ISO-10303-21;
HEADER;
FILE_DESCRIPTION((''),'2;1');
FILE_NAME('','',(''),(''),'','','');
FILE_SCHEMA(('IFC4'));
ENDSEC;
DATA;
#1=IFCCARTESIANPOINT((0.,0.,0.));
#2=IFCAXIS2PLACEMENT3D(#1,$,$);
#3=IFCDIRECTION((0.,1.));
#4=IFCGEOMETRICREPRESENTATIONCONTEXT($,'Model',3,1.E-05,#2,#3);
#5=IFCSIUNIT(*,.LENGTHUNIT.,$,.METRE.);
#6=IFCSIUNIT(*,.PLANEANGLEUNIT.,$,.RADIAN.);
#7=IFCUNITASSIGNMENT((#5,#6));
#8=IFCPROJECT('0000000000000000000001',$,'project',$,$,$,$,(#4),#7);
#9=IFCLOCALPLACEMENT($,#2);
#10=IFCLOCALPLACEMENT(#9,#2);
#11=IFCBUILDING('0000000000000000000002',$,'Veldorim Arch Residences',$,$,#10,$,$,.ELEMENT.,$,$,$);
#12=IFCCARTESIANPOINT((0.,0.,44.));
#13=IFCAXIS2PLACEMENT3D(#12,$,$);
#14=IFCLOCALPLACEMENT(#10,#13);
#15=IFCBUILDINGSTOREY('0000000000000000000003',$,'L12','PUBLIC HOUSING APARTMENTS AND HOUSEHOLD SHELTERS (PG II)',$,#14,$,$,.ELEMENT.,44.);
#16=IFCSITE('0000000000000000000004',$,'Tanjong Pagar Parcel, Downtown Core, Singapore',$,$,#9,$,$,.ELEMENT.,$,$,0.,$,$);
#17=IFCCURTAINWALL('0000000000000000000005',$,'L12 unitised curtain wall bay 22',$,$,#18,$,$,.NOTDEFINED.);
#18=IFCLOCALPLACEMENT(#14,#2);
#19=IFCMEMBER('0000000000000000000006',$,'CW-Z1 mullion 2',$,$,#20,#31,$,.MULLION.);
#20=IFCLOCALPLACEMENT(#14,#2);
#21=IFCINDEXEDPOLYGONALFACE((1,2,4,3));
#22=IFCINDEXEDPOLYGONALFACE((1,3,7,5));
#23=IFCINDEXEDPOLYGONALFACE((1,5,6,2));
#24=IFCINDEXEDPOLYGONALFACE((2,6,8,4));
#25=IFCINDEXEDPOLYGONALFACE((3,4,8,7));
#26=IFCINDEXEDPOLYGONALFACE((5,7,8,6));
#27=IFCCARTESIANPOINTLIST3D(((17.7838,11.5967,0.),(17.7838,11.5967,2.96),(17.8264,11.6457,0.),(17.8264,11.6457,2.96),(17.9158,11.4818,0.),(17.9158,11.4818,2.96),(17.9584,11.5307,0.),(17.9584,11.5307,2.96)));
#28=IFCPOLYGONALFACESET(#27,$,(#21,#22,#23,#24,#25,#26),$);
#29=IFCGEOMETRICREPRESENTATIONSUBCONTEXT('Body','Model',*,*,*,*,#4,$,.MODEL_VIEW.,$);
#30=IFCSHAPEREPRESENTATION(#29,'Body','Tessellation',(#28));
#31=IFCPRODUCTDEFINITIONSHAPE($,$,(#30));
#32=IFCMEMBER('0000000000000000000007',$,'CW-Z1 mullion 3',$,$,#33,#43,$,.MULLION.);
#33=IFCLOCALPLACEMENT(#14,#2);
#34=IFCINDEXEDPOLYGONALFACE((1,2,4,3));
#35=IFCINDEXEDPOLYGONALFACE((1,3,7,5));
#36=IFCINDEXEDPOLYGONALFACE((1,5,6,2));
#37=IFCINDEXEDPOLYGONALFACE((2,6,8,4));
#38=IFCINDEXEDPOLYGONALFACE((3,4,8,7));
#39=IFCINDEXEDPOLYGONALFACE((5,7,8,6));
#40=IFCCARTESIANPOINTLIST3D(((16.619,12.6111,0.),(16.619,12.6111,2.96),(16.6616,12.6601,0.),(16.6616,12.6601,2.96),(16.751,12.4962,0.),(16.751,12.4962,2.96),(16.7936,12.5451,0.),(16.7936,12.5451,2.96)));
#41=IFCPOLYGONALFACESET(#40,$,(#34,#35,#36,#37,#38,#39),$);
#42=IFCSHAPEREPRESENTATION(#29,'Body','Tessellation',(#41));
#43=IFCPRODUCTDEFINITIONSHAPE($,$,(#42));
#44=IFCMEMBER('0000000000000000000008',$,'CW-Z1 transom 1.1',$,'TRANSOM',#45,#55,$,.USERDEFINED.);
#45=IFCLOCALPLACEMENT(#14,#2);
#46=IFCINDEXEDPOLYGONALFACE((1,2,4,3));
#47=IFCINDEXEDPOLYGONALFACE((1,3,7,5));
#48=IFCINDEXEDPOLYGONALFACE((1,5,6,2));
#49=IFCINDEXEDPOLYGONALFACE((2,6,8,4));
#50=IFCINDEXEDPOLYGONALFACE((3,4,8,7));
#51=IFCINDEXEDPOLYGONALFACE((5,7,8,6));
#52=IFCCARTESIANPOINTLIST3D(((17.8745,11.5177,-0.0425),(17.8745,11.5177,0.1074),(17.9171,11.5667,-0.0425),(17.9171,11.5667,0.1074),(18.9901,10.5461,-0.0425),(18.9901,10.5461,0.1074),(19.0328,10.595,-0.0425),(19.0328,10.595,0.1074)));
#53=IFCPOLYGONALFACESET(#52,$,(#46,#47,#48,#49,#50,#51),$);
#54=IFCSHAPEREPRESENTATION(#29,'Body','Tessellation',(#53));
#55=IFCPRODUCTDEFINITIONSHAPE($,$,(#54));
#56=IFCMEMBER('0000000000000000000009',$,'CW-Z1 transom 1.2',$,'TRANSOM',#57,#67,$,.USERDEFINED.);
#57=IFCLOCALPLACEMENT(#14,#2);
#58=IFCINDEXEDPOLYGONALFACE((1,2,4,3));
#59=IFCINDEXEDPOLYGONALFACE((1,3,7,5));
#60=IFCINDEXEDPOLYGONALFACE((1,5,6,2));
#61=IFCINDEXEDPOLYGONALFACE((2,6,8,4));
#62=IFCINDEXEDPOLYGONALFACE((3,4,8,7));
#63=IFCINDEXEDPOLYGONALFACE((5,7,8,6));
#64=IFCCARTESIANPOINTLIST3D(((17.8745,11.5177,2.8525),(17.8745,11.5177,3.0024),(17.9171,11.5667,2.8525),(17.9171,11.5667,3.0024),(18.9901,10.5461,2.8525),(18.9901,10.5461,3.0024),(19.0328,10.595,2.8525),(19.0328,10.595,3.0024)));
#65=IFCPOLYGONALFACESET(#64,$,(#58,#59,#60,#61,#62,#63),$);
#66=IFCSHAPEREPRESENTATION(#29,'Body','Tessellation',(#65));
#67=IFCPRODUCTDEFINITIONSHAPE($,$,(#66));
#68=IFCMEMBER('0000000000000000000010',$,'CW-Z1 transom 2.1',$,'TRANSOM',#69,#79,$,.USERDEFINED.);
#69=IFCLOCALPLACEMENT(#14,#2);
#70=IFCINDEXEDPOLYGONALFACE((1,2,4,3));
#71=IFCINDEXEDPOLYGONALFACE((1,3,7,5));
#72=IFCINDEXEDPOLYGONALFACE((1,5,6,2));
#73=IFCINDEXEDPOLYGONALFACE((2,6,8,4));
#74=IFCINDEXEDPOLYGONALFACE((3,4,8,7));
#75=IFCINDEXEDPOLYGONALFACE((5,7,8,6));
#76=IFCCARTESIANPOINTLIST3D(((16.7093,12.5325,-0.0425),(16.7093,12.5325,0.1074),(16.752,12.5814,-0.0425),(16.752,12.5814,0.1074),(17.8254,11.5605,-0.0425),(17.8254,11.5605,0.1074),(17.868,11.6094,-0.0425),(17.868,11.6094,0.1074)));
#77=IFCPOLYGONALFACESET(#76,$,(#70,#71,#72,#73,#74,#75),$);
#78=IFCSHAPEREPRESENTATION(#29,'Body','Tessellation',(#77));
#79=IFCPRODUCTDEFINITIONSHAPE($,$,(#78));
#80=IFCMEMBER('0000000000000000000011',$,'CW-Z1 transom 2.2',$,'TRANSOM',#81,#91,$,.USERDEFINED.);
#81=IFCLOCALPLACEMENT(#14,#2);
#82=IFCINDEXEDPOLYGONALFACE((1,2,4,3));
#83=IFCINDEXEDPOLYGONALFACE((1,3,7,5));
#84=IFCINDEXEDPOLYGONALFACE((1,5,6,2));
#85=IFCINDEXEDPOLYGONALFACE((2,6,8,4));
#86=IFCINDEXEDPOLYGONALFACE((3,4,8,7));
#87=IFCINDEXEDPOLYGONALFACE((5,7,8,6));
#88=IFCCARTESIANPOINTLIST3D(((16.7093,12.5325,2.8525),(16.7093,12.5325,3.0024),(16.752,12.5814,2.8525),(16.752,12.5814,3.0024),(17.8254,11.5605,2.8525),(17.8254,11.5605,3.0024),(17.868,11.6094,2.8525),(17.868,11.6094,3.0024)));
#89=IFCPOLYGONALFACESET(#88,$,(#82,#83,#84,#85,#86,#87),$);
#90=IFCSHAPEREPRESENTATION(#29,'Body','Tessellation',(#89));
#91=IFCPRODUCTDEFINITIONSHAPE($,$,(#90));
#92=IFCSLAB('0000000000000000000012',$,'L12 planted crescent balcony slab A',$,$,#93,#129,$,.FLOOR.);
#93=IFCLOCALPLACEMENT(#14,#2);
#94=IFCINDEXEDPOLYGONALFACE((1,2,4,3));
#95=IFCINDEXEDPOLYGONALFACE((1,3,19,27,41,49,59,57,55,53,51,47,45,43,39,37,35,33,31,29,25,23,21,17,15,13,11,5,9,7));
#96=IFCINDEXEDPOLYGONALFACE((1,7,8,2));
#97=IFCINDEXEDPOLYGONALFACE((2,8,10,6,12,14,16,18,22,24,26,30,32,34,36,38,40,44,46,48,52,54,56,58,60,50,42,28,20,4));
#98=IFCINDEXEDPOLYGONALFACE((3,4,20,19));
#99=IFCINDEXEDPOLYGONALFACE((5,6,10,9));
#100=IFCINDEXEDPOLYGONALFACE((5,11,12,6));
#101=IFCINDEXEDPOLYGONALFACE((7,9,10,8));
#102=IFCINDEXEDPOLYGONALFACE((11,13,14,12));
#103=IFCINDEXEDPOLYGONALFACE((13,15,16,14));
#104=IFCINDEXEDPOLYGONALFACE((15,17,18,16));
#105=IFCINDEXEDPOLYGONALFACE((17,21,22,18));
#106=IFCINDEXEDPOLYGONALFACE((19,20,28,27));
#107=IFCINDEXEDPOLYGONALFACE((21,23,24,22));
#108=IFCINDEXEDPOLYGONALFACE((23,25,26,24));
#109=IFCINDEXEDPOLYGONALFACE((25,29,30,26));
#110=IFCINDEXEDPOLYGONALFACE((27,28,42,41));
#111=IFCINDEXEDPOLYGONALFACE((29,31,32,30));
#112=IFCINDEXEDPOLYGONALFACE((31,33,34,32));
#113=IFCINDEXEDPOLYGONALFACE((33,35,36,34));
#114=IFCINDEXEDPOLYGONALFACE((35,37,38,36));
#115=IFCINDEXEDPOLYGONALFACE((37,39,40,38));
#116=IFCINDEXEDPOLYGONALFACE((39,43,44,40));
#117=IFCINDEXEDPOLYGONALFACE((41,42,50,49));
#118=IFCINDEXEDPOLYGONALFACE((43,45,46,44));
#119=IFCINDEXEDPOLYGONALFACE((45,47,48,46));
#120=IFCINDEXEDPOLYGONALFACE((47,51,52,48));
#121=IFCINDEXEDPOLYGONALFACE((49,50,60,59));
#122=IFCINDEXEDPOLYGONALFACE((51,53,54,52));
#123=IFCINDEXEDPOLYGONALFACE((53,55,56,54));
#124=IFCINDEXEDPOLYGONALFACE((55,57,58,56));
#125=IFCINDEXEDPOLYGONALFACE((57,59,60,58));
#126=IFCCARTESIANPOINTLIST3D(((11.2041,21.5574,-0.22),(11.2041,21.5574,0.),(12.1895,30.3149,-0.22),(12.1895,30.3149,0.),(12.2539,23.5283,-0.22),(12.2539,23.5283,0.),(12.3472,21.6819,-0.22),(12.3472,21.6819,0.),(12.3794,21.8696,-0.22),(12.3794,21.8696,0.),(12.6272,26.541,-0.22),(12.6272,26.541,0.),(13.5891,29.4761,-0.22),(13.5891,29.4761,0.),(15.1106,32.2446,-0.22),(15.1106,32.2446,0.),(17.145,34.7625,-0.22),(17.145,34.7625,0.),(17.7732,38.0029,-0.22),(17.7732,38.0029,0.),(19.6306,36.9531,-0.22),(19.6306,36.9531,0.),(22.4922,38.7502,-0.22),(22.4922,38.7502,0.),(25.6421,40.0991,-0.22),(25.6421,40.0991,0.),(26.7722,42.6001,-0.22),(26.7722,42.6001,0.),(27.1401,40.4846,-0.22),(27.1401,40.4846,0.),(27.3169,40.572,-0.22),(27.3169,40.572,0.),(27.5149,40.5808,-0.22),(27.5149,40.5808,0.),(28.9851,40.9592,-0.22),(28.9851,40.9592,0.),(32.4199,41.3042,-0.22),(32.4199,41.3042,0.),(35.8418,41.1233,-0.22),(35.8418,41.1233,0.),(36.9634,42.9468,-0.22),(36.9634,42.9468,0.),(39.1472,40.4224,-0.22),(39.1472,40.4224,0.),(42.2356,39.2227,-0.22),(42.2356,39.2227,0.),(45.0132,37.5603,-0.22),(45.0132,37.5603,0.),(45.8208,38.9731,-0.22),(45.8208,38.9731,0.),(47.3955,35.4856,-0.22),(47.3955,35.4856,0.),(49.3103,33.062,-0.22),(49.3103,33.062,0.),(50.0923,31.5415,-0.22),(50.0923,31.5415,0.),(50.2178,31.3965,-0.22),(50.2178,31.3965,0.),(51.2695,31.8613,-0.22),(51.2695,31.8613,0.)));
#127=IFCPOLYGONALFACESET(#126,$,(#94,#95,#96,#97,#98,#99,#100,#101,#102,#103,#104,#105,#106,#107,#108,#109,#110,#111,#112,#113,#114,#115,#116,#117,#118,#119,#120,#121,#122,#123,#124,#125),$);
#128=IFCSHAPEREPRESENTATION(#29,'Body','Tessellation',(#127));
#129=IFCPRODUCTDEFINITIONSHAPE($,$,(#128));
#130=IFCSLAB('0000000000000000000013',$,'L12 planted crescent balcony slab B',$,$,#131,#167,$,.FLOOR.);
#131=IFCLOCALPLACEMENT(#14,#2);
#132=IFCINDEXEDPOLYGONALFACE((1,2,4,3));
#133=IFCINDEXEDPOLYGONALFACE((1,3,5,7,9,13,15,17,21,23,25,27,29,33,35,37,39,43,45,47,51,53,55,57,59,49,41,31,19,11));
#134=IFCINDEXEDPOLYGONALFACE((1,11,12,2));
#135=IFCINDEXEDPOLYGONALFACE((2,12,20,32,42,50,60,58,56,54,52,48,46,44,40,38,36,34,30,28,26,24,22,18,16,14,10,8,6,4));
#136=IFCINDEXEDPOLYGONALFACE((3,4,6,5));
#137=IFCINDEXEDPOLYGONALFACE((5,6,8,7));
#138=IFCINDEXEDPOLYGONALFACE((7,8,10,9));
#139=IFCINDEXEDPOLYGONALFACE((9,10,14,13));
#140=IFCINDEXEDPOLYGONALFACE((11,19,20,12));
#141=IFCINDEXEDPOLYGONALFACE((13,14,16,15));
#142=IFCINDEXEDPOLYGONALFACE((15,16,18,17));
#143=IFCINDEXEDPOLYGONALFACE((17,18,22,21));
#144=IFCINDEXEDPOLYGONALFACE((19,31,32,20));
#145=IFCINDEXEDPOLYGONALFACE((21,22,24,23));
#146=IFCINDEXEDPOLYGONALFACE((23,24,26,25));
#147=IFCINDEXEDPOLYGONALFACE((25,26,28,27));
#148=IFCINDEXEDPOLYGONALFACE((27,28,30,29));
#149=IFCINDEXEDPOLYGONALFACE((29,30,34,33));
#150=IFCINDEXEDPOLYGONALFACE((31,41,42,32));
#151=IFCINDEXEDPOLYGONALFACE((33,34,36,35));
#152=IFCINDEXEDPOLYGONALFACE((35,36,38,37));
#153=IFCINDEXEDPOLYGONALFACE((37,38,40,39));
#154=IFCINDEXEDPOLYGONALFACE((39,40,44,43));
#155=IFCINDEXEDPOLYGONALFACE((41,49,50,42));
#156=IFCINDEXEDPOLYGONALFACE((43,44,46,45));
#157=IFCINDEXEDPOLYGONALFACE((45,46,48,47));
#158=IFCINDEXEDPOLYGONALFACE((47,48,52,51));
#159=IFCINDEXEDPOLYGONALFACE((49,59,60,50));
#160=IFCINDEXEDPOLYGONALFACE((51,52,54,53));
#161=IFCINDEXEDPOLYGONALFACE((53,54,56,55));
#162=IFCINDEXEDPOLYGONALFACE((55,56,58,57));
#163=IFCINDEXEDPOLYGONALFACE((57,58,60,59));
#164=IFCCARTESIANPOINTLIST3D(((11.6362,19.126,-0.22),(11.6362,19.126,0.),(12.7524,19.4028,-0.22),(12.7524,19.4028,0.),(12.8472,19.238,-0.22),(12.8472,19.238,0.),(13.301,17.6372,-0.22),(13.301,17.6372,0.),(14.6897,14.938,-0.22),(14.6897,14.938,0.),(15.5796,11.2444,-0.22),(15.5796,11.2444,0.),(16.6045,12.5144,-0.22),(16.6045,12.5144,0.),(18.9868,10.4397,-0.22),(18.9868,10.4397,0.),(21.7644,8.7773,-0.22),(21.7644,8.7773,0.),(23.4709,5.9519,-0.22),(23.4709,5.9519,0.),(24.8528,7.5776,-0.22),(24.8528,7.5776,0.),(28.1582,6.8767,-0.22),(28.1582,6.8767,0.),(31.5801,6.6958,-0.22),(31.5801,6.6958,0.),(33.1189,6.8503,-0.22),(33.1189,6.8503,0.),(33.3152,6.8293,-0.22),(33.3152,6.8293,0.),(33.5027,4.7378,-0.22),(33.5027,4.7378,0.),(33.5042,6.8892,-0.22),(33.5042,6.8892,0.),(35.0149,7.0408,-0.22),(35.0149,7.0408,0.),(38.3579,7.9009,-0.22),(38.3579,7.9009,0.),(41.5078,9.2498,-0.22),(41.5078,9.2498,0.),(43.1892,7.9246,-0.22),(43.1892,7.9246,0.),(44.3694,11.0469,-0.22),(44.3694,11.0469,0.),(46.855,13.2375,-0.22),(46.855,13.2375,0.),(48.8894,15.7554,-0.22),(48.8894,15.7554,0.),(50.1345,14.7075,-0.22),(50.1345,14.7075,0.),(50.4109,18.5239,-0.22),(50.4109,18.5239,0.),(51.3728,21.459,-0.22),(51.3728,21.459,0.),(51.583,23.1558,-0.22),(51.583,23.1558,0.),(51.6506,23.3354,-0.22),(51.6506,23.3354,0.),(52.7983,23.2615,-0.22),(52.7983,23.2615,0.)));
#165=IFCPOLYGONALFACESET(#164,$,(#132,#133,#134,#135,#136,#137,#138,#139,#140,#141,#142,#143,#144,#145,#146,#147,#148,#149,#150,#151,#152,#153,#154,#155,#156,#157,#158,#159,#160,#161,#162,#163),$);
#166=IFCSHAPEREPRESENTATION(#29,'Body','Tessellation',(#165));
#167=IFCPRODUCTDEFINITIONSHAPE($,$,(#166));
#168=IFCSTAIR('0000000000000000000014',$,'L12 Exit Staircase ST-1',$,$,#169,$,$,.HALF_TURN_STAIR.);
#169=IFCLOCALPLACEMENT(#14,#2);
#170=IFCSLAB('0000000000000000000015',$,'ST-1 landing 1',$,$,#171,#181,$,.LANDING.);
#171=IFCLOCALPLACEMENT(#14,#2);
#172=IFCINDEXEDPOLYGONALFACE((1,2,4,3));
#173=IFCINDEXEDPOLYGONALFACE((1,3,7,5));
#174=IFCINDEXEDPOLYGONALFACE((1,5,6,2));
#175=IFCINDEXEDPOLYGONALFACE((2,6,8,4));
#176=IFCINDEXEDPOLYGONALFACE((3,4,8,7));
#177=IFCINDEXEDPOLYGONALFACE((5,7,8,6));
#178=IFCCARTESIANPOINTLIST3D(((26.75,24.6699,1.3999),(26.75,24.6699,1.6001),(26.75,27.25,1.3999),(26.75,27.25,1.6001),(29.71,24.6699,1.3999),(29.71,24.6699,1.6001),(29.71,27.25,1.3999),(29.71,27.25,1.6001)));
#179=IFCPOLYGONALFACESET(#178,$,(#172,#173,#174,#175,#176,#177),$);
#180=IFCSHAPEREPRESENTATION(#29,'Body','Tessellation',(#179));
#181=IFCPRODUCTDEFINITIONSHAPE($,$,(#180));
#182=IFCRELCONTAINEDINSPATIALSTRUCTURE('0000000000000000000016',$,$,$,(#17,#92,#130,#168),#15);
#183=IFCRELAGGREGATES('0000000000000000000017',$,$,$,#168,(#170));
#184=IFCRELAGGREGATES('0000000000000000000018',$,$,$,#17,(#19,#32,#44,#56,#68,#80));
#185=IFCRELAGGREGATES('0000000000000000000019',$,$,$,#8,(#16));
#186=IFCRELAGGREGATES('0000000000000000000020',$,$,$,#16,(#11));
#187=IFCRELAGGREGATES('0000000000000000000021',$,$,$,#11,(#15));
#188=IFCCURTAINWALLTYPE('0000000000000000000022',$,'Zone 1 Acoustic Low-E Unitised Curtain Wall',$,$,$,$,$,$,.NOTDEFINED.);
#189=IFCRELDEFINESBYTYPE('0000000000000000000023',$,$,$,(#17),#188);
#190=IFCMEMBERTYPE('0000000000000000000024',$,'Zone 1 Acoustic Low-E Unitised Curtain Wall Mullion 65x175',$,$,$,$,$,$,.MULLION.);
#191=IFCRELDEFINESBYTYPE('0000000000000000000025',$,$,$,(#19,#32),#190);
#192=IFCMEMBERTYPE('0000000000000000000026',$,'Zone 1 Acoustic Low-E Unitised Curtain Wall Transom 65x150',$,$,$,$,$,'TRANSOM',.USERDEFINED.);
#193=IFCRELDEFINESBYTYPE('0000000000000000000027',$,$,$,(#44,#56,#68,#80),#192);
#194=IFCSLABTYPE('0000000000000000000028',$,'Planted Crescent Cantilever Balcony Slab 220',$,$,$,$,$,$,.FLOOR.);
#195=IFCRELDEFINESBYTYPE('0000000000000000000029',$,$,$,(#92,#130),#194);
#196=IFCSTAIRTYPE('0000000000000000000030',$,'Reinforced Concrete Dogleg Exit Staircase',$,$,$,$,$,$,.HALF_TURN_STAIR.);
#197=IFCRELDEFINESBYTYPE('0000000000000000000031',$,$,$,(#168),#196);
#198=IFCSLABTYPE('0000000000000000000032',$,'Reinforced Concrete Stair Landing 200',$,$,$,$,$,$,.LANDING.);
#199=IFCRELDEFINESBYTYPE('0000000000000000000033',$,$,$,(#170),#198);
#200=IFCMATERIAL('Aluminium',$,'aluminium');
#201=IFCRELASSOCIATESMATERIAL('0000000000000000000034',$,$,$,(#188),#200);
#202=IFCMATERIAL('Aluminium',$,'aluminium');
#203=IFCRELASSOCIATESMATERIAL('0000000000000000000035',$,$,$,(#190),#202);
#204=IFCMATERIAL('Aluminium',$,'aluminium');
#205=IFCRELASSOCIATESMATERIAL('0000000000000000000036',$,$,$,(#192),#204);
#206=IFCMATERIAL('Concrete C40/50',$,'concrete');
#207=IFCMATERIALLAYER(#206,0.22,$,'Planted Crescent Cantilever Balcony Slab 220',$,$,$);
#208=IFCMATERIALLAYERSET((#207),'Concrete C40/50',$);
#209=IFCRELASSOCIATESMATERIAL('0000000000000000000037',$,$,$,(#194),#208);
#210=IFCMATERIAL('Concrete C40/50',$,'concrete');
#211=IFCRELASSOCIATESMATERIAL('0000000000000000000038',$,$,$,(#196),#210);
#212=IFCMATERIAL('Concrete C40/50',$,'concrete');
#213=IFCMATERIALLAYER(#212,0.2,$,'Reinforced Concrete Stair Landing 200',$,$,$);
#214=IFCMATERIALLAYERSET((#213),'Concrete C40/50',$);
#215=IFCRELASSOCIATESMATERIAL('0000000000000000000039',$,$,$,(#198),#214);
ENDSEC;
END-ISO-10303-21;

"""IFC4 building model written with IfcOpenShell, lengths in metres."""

from ifc_helpers import new_model, si_unit, direction, frame, origin, origin_2d, place, context, subcontext, project, spatial, polyline, rectangle, outline, extrude, material, layer, layer_set, material_profile, profile_set, type_object, element, aggregate, save


model = new_model("IFC4")

# Units and contexts
model_context = context("Model", 3, precision=1e-05, world=origin(), true_north=direction((0.0, 1.0)))
body_context = subcontext(model_context, "Body", "Model", "MODEL_VIEW")
ifc_project = project(units=[si_unit("LENGTHUNIT", "METRE"), si_unit("PLANEANGLEUNIT", "RADIAN")], contexts=[model_context])

# Site, building, storey
site_placement = place(None, origin())
site = spatial("IfcSite", under=ifc_project, at=site_placement, Name="Tanjong Pagar Parcel, Downtown Core, Singapore", CompositionType="ELEMENT", RefElevation=0.0)
building_placement = place(site_placement, origin())
building = spatial("IfcBuilding", under=site, at=building_placement, Name="Veldorim Arch Residences", CompositionType="ELEMENT")
storey_placement = place(building_placement, frame((0.0, 0.0, 44.0)))
storey = spatial("IfcBuildingStorey", under=building, at=storey_placement, Name="L12", Description="PUBLIC HOUSING APARTMENTS AND HOUSEHOLD SHELTERS (PG II)", CompositionType="ELEMENT", Elevation=44.0)

# Curtain wall, members
ifc_material_1 = material(Name="Aluminium", Category="aluminium")
curtain_wall_type = type_object("IfcCurtainWallType", Name="Zone 1 Acoustic Low-E Unitised Curtain Wall", PredefinedType="NOTDEFINED", material=ifc_material_1)
curtain_wall_placement = place(storey_placement, origin())
curtain_wall = element("IfcCurtainWall", 1, at=curtain_wall_placement, inside=storey, type_object=curtain_wall_type, Name="L12 unitised curtain wall bay 22", PredefinedType="NOTDEFINED")
ifc_material_2 = material(Name="Aluminium", Category="aluminium")
ifc_material_profile_1 = material_profile(ifc_material_2, rectangle(XDim=0.0649, YDim=0.175, at=origin_2d()), Name="ALU_MUL_65x175")
ifc_profile_set_1 = profile_set([ifc_material_profile_1], Name="Aluminium")
member_type_1 = type_object("IfcMemberType", Name="Zone 1 Acoustic Low-E Unitised Curtain Wall Mullion 65x175", PredefinedType="MULLION", material=ifc_profile_set_1)
member_1_placement = place(storey_placement, frame((17.8711, 11.5637, 0.0), z_axis=(0.0, 0.0, 1.0), x_axis=(-0.656719, -0.754136, 0.0)))
member_1 = element("IfcMember", 2, at=member_1_placement, type_object=member_type_1, Name="CW-Z1 mullion 2", PredefinedType="MULLION", context=body_context, shape_type="SweptSolid", body=[
    extrude(rectangle(XDim=0.0649, YDim=0.175, at=origin_2d()), origin(), (0.0, 0.0, 1.0), 2.96),
])
member_2_placement = place(storey_placement, frame((16.7063, 12.5781, 0.0), z_axis=(0.0, 0.0, 1.0), x_axis=(-0.656719, -0.754136, 0.0)))
member_2 = element("IfcMember", 3, at=member_2_placement, type_object=member_type_1, Name="CW-Z1 mullion 3", PredefinedType="MULLION", context=body_context, shape_type="SweptSolid", body=[
    extrude(rectangle(XDim=0.0649, YDim=0.175, at=origin_2d()), origin(), (0.0, 0.0, 1.0), 2.96),
])
ifc_material_3 = material(Name="Aluminium", Category="aluminium")
ifc_material_profile_2 = material_profile(ifc_material_3, rectangle(XDim=0.0649, YDim=0.1499, at=origin_2d()), Name="ALU_TRN_65x150")
ifc_profile_set_2 = profile_set([ifc_material_profile_2], Name="Aluminium")
member_type_2 = type_object("IfcMemberType", Name="Zone 1 Acoustic Low-E Unitised Curtain Wall Transom 65x150", ElementType="TRANSOM", PredefinedType="USERDEFINED", material=ifc_profile_set_2)
member_3_placement = place(storey_placement, frame((19.0115, 10.5706, 0.0325), z_axis=(-0.754108, 0.65675, 0.0), x_axis=(-0.65675, -0.754108, 0.0)))
member_3 = element("IfcMember", 4, at=member_3_placement, type_object=member_type_2, Name="CW-Z1 transom 1.1", ObjectType="TRANSOM", PredefinedType="USERDEFINED", context=body_context, shape_type="SweptSolid", body=[
    extrude(rectangle(XDim=0.0649, YDim=0.1499, at=origin_2d()), origin(), (0.0, 0.0, 1.0), 1.4795),
])
member_4_placement = place(storey_placement, frame((19.0115, 10.5706, 2.9275), z_axis=(-0.754108, 0.65675, 0.0), x_axis=(-0.65675, -0.754108, 0.0)))
member_4 = element("IfcMember", 5, at=member_4_placement, type_object=member_type_2, Name="CW-Z1 transom 1.2", ObjectType="TRANSOM", PredefinedType="USERDEFINED", context=body_context, shape_type="SweptSolid", body=[
    extrude(rectangle(XDim=0.0649, YDim=0.1499, at=origin_2d()), origin(), (0.0, 0.0, 1.0), 1.4795),
])
member_5_placement = place(storey_placement, frame((17.8467, 11.585, 0.0325), z_axis=(-0.754097, 0.656763, 0.0), x_axis=(-0.656763, -0.754097, 0.0)))
member_5 = element("IfcMember", 6, at=member_5_placement, type_object=member_type_2, Name="CW-Z1 transom 2.1", ObjectType="TRANSOM", PredefinedType="USERDEFINED", context=body_context, shape_type="SweptSolid", body=[
    extrude(rectangle(XDim=0.0649, YDim=0.1499, at=origin_2d()), origin(), (0.0, 0.0, 1.0), 1.48),
])
member_6_placement = place(storey_placement, frame((17.8467, 11.585, 2.9275), z_axis=(-0.754097, 0.656763, 0.0), x_axis=(-0.656763, -0.754097, 0.0)))
member_6 = element("IfcMember", 7, at=member_6_placement, type_object=member_type_2, Name="CW-Z1 transom 2.2", ObjectType="TRANSOM", PredefinedType="USERDEFINED", context=body_context, shape_type="SweptSolid", body=[
    extrude(rectangle(XDim=0.0649, YDim=0.1499, at=origin_2d()), origin(), (0.0, 0.0, 1.0), 1.48),
])

# Slabs
ifc_material_4 = material(Name="Concrete C40/50", Category="concrete")
ifc_layer_1 = layer(ifc_material_4, 0.22, Name="Planted Crescent Cantilever Balcony Slab 220")
ifc_layer_set_1 = layer_set([ifc_layer_1], Name="Concrete C40/50")
slab_type_1 = type_object("IfcSlabType", Name="Planted Crescent Cantilever Balcony Slab 220", PredefinedType="FLOOR", material=ifc_layer_set_1)
slab_1_placement = place(storey_placement, frame((0.0, 0.0, -0.22)))
element("IfcSlab", 8, at=slab_1_placement, inside=storey, type_object=slab_type_1, Name="L12 planted crescent balcony slab A", PredefinedType="FLOOR", context=body_context, shape_type="SweptSolid", body=[
    extrude(outline(polyline([(50.0923, 31.5415), (49.3103, 33.062), (47.3955, 35.4856), (45.0132, 37.5603), (42.2356, 39.2227), (39.1472, 40.4224), (35.8418, 41.1233), (32.4199, 41.3042), (28.9851, 40.9592), (27.5149, 40.5808), (27.3169, 40.572), (27.1401, 40.4846), (25.6421, 40.0991), (22.4922, 38.7502), (19.6306, 36.9531), (17.145, 34.7625), (15.1106, 32.2446), (13.5891, 29.4761), (12.6272, 26.541), (12.2539, 23.5283), (12.3794, 21.8696), (12.3472, 21.6819), (11.2041, 21.5574), (12.1895, 30.3149), (17.7732, 38.0029), (26.7722, 42.6001), (36.9634, 42.9468), (45.8208, 38.9731), (51.2695, 31.8613), (50.2178, 31.3965), (50.0923, 31.5415)])), origin(), (0.0, 0.0, 1.0), 0.22),
])
slab_2_placement = place(storey_placement, frame((0.0, 0.0, -0.22)))
element("IfcSlab", 9, at=slab_2_placement, inside=storey, type_object=slab_type_1, Name="L12 planted crescent balcony slab B", PredefinedType="FLOOR", context=body_context, shape_type="SweptSolid", body=[
    extrude(outline(polyline([(12.8472, 19.238), (13.301, 17.6372), (14.6897, 14.938), (16.6045, 12.5144), (18.9868, 10.4397), (21.7644, 8.7773), (24.8528, 7.5776), (28.1582, 6.8767), (31.5801, 6.6958), (33.1189, 6.8503), (33.3152, 6.8293), (33.5042, 6.8892), (35.0149, 7.0408), (38.3579, 7.9009), (41.5078, 9.2498), (44.3694, 11.0469), (46.855, 13.2375), (48.8894, 15.7554), (50.4109, 18.5239), (51.3728, 21.459), (51.583, 23.1558), (51.6506, 23.3354), (52.7983, 23.2615), (50.1345, 14.7075), (43.1892, 7.9246), (33.5027, 4.7378), (23.4709, 5.9519), (15.5796, 11.2444), (11.6362, 19.126), (12.7524, 19.4028), (12.8472, 19.238)])), origin(), (0.0, 0.0, 1.0), 0.22),
])

# Stair, slab
ifc_material_5 = material(Name="Concrete C40/50", Category="concrete")
stair_type = type_object("IfcStairType", Name="Reinforced Concrete Dogleg Exit Staircase", PredefinedType="HALF_TURN_STAIR", material=ifc_material_5)
stair_1_placement = place(storey_placement, origin())
stair_1 = element("IfcStair", 10, at=stair_1_placement, inside=storey, type_object=stair_type, Name="L12 Exit Staircase ST-1", PredefinedType="HALF_TURN_STAIR")
ifc_material_6 = material(Name="Concrete C40/50", Category="concrete")
ifc_layer_2 = layer(ifc_material_6, 0.2, Name="Reinforced Concrete Stair Landing 200")
ifc_layer_set_2 = layer_set([ifc_layer_2], Name="Concrete C40/50")
slab_type_2 = type_object("IfcSlabType", Name="Reinforced Concrete Stair Landing 200", PredefinedType="LANDING", material=ifc_layer_set_2)
slab_3_placement = place(storey_placement, frame((0.0, 0.0, 1.3999)))
slab_3 = element("IfcSlab", 11, at=slab_3_placement, type_object=slab_type_2, Name="ST-1 landing 1", PredefinedType="LANDING", context=body_context, shape_type="SweptSolid", body=[
    extrude(outline(polyline([(29.71, 24.6699), (29.71, 27.25), (26.75, 27.25), (26.75, 24.6699), (29.71, 24.6699)])), origin(), (0.0, 0.0, 1.0), 0.2002),
])
aggregate(stair_1, [slab_3])

aggregate(curtain_wall, [member_1, member_2, member_3, member_4, member_5, member_6])

save(model, "model.ifc")
